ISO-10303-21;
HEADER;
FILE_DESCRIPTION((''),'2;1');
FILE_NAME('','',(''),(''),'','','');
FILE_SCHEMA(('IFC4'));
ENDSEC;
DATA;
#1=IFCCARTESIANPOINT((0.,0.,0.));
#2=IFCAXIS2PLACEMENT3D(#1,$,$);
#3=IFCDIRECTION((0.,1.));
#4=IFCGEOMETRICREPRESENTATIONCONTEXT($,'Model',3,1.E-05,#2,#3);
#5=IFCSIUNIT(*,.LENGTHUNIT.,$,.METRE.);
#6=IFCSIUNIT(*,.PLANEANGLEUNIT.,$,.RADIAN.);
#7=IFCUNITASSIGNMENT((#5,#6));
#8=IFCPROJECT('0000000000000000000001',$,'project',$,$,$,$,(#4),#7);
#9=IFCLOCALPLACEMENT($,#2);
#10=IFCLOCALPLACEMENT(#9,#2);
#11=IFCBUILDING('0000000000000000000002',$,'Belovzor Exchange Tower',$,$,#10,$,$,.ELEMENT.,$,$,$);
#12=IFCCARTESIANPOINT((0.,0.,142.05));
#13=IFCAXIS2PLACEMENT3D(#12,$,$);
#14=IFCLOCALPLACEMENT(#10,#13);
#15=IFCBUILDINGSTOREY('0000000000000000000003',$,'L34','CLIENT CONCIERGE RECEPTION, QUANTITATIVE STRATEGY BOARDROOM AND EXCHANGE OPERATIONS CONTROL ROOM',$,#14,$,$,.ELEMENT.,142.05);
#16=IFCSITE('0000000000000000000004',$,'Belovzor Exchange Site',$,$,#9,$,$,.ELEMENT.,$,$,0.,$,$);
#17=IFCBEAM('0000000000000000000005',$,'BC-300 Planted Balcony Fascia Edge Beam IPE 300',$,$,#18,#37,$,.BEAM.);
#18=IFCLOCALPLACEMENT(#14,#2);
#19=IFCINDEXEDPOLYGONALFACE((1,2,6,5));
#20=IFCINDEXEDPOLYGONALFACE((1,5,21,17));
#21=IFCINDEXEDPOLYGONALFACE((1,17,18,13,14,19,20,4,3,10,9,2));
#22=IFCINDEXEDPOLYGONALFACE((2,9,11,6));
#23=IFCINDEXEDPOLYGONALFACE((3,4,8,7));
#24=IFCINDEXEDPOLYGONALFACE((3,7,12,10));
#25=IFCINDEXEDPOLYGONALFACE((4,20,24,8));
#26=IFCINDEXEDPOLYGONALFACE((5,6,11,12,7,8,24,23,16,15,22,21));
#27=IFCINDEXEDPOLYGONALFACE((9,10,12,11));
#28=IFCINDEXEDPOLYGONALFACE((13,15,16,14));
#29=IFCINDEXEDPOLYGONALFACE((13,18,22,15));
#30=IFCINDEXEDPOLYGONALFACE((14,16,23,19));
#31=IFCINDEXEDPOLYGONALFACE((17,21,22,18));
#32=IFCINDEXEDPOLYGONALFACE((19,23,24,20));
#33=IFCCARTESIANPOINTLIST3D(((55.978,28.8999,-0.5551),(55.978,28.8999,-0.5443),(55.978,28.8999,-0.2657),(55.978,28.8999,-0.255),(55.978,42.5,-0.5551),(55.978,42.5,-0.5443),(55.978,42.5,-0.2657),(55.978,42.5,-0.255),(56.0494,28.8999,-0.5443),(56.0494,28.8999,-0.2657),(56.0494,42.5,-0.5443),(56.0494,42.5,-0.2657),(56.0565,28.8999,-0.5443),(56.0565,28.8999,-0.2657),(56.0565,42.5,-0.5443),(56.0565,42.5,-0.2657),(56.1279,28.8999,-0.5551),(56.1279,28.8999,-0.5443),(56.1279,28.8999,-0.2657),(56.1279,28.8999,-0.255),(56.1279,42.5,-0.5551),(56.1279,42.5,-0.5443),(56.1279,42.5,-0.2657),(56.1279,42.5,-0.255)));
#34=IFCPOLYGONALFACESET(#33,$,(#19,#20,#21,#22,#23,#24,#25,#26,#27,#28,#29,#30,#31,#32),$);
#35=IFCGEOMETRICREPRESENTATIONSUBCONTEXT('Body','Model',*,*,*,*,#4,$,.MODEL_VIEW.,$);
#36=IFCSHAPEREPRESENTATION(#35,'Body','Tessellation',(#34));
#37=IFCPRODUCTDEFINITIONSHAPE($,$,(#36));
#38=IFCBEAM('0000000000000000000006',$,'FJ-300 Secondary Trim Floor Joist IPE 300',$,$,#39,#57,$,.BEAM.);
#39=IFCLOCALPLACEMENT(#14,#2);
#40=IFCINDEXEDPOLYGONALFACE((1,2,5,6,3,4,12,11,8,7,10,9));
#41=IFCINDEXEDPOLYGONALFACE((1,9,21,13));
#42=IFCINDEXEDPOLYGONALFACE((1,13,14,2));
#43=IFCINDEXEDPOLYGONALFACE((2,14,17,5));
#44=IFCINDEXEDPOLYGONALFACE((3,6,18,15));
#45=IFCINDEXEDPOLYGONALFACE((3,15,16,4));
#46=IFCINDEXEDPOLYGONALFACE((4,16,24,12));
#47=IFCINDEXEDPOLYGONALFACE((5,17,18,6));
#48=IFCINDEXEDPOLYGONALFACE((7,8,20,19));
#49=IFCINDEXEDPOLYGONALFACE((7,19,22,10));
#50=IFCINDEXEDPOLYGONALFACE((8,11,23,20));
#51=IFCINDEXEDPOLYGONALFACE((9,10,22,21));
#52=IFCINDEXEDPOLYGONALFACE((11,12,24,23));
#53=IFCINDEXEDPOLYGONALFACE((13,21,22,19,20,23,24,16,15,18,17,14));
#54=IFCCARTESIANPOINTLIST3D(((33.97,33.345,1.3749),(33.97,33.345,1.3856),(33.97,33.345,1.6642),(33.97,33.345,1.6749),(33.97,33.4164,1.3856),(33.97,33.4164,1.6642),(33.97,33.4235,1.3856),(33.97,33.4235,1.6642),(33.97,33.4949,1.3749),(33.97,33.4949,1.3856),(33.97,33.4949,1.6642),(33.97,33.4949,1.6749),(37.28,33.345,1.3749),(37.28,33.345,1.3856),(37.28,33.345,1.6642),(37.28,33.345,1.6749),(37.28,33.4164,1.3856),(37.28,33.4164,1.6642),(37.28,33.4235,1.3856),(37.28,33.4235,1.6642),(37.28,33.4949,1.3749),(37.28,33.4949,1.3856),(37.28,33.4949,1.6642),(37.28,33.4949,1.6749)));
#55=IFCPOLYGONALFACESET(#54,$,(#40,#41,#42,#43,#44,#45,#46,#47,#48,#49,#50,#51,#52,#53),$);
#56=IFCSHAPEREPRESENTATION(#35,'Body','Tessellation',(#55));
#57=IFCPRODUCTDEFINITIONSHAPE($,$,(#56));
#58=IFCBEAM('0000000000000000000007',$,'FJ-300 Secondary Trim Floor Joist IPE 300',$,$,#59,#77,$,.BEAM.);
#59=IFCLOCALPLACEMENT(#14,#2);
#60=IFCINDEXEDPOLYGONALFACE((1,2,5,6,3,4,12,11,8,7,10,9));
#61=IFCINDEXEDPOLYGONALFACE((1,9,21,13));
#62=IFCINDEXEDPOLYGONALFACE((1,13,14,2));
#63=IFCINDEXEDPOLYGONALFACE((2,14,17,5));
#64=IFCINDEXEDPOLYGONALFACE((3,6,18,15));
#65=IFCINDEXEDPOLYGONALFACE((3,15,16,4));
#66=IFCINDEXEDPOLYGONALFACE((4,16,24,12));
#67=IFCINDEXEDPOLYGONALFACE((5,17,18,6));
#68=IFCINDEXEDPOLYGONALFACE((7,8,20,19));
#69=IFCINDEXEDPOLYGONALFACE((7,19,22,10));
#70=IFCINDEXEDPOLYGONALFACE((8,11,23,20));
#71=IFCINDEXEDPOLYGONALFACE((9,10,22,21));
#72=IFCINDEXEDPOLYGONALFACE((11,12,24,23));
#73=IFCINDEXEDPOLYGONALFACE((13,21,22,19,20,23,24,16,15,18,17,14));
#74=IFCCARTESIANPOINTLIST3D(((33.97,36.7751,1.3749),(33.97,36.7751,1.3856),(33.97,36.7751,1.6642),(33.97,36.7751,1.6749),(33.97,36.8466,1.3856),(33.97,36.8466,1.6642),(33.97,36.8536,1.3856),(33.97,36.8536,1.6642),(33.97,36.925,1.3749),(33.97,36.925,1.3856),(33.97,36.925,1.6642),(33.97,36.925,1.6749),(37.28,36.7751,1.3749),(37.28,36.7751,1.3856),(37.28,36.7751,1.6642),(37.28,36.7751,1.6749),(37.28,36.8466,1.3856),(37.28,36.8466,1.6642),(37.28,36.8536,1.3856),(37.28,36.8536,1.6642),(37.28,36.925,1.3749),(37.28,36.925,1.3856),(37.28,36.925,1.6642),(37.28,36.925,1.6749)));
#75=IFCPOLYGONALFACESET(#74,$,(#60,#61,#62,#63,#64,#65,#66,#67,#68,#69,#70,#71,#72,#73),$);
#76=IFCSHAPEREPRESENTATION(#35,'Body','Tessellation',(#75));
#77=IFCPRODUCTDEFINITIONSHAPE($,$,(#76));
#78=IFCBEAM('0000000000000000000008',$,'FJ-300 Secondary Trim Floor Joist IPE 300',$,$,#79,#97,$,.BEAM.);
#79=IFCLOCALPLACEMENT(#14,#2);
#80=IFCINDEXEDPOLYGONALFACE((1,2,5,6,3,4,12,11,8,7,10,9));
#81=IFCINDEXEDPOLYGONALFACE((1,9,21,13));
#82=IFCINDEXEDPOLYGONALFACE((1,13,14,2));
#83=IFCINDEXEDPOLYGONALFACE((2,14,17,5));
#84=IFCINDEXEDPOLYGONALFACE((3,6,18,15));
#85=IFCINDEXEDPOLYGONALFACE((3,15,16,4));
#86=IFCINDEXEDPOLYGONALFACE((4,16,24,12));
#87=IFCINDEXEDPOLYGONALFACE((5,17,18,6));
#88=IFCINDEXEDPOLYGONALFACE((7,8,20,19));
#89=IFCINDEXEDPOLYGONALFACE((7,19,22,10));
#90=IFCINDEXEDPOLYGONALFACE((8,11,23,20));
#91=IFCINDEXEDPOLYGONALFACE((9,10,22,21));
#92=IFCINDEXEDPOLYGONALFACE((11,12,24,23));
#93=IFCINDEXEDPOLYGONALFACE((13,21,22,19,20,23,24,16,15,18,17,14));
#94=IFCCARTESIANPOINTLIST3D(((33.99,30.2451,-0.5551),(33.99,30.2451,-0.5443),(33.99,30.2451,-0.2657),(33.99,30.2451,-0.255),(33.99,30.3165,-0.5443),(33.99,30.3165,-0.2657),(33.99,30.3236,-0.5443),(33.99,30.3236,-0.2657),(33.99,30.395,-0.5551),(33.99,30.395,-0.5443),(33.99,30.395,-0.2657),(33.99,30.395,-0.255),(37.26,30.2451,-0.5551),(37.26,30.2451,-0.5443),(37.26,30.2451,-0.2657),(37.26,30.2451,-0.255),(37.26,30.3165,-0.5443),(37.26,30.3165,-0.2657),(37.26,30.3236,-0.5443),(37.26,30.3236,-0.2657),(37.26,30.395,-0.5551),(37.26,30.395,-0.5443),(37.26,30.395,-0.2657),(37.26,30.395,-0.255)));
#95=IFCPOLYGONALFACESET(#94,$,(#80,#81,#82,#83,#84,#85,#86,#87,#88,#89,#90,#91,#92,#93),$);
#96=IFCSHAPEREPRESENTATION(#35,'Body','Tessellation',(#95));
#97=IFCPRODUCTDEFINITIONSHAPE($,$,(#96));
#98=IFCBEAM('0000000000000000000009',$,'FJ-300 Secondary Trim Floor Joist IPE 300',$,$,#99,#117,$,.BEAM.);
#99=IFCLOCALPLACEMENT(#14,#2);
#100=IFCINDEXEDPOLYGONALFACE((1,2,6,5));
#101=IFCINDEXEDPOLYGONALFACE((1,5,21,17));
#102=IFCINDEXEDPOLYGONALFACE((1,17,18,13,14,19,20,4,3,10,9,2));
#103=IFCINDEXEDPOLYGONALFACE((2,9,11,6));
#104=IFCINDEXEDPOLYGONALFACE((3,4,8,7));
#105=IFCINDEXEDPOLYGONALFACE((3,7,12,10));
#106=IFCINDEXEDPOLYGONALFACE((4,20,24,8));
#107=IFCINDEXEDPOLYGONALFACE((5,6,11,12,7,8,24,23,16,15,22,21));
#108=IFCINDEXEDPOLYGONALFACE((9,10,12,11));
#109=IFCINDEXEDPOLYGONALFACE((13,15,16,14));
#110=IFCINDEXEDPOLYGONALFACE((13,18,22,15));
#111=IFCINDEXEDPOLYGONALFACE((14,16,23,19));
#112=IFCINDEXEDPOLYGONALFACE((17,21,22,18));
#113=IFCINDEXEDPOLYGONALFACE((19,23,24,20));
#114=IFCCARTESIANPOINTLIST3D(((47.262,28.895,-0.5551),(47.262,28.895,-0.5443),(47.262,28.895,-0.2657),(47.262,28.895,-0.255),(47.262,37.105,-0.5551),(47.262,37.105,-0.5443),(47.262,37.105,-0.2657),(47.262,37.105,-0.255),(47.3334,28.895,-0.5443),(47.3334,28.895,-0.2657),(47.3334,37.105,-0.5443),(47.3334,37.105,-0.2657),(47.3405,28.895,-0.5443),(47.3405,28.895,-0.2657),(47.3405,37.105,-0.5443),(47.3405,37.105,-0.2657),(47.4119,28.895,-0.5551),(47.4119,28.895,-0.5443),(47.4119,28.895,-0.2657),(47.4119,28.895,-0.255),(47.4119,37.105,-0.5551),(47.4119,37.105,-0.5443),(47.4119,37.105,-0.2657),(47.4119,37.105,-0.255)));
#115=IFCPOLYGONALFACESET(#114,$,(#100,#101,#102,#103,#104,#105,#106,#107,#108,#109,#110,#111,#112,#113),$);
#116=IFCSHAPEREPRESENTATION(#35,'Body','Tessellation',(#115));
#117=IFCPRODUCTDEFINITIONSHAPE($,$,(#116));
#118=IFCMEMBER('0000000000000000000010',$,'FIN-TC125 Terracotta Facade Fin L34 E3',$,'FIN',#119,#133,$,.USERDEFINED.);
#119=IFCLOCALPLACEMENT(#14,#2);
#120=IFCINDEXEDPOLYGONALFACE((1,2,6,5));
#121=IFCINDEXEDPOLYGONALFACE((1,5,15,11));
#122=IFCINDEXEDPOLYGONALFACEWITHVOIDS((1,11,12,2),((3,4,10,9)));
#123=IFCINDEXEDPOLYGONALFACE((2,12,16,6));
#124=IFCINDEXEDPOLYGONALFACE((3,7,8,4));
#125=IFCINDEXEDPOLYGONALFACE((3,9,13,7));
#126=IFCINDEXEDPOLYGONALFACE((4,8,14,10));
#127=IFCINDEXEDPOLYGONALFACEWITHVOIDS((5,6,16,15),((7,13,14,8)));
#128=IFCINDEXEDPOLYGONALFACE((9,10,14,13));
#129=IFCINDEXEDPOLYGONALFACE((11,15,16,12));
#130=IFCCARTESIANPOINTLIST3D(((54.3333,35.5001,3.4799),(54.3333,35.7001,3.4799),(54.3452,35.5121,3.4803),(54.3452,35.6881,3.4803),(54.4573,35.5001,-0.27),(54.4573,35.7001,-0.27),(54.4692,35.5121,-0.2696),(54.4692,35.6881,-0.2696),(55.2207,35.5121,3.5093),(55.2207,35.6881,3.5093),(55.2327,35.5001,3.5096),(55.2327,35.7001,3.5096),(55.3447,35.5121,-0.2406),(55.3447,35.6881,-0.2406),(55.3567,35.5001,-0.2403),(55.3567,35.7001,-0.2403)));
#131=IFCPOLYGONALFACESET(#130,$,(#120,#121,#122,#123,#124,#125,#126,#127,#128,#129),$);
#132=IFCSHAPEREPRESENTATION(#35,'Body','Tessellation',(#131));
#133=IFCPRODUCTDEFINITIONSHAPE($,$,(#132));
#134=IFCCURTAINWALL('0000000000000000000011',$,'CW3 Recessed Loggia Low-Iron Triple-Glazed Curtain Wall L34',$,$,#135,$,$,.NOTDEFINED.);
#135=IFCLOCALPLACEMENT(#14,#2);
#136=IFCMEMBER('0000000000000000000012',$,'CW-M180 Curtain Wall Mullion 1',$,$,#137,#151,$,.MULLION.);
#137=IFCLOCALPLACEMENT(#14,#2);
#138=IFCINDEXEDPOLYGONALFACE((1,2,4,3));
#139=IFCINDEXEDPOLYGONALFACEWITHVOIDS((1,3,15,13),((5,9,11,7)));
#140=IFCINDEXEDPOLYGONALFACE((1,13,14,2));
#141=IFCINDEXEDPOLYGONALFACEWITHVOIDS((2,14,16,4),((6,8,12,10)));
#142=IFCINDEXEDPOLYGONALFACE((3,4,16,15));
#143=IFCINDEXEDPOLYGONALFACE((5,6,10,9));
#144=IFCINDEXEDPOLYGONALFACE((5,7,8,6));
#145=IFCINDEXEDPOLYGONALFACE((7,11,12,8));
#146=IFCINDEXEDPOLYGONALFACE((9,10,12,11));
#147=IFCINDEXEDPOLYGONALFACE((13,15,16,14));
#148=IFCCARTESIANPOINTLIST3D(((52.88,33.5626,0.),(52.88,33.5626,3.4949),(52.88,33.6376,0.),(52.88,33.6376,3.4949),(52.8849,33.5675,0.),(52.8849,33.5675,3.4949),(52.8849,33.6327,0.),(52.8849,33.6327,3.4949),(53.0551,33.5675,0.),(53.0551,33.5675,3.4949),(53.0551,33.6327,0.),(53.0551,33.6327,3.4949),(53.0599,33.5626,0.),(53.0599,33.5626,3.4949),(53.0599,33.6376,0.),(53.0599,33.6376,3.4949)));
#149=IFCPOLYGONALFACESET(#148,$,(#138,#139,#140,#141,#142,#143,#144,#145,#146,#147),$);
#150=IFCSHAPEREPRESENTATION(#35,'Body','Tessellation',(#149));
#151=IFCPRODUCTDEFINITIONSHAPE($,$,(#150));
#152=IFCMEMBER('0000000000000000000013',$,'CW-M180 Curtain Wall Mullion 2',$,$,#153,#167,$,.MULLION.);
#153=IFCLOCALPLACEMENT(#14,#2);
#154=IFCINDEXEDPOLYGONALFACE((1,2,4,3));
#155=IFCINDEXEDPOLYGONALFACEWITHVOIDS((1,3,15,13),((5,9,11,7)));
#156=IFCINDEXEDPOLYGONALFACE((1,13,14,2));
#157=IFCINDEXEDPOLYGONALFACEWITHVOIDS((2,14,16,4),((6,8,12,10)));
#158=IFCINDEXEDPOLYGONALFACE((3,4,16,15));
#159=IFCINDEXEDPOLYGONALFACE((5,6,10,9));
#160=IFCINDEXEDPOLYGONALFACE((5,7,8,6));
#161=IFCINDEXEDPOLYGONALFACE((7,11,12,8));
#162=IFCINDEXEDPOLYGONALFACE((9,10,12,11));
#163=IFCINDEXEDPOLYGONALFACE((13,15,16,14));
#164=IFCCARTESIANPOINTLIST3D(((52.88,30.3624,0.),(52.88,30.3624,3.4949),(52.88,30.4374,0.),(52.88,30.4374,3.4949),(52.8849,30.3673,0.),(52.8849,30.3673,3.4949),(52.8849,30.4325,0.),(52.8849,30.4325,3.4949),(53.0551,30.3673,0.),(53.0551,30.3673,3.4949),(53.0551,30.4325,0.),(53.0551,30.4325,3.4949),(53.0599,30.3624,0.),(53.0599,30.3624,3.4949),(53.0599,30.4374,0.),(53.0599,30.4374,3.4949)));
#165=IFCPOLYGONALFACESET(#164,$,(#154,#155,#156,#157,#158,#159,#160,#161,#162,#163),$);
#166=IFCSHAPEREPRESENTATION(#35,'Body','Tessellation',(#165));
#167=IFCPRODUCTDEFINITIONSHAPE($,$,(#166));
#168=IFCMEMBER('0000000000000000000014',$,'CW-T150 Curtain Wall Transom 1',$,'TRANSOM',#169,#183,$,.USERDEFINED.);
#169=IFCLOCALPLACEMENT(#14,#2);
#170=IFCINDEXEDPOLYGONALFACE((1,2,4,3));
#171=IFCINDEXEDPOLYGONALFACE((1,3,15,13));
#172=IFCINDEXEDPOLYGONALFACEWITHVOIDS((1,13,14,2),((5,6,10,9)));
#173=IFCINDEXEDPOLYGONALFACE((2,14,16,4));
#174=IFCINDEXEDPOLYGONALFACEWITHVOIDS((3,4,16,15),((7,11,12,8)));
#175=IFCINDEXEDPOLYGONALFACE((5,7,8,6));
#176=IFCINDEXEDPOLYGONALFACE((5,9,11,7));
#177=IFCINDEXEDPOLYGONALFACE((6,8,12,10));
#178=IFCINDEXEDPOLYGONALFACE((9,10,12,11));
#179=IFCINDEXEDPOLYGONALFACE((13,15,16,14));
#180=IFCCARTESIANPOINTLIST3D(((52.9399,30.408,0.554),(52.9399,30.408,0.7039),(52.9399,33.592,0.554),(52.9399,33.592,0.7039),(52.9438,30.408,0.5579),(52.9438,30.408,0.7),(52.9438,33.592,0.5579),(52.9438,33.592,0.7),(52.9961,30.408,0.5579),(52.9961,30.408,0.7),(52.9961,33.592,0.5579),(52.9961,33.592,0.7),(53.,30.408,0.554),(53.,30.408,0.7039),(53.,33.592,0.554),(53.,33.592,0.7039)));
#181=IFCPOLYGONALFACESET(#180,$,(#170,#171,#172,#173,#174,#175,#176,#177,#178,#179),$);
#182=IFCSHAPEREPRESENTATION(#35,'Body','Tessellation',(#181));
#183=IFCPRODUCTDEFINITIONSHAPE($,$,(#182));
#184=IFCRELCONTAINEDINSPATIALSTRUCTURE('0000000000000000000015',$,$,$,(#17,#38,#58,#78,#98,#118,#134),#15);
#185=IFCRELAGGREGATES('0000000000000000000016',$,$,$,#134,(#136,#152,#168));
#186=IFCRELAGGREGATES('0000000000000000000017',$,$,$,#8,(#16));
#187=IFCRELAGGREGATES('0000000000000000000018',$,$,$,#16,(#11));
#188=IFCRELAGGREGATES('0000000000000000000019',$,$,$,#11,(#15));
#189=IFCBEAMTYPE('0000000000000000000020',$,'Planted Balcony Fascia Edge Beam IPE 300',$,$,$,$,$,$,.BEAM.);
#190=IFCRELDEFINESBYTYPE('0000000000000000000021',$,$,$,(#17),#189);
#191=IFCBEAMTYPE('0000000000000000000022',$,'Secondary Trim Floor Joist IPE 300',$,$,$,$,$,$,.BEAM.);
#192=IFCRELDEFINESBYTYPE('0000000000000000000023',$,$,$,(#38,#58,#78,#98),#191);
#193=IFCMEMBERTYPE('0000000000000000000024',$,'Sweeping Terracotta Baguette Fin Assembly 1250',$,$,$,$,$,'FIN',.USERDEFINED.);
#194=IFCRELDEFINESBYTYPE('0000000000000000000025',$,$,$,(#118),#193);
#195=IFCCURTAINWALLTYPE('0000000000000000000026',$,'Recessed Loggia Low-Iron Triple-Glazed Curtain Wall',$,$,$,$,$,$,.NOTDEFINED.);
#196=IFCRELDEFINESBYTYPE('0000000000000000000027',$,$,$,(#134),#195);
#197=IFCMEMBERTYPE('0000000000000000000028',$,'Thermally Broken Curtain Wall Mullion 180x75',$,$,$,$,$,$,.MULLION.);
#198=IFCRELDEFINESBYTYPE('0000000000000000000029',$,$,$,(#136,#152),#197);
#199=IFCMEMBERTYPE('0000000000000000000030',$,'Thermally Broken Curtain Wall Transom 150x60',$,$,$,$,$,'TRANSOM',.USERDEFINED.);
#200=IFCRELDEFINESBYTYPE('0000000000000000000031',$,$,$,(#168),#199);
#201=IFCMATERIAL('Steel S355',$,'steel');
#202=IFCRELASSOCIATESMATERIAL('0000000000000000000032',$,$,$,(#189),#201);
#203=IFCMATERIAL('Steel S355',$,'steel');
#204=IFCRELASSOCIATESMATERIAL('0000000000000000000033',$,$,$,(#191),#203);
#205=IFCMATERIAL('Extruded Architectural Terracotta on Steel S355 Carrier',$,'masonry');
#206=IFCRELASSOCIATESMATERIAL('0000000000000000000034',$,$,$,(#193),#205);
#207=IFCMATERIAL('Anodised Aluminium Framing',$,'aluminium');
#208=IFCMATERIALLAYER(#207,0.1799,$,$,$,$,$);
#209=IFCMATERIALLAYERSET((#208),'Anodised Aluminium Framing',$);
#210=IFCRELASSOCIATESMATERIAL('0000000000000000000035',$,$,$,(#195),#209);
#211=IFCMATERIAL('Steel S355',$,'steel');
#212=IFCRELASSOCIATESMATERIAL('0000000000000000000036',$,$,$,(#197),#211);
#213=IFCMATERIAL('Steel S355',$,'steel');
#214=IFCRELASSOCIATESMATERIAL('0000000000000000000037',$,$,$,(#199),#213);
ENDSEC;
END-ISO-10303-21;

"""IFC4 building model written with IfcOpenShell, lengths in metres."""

from ifc_helpers import new_model, si_unit, direction, frame, origin, origin_2d, place, context, subcontext, project, spatial, hollow_rectangle, i_section, extrude, material, layer, layer_set, material_profile, profile_set, type_object, element, aggregate, save


model = new_model("IFC4")

# Units and contexts
model_context = context("Model", 3, precision=1e-05, world=origin(), true_north=direction((0.0, 1.0)))
body_context = subcontext(model_context, "Body", "Model", "MODEL_VIEW")
ifc_project = project(units=[si_unit("LENGTHUNIT", "METRE"), si_unit("PLANEANGLEUNIT", "RADIAN")], contexts=[model_context])

# Site, building, storey
site_placement = place(None, origin())
site = spatial("IfcSite", under=ifc_project, at=site_placement, Name="Belovzor Exchange Site", CompositionType="ELEMENT", RefElevation=0.0)
building_placement = place(site_placement, origin())
building = spatial("IfcBuilding", under=site, at=building_placement, Name="Belovzor Exchange Tower", CompositionType="ELEMENT")
storey_placement = place(building_placement, frame((0.0, 0.0, 142.05)))
storey = spatial("IfcBuildingStorey", under=building, at=storey_placement, Name="L34", Description="CLIENT CONCIERGE RECEPTION, QUANTITATIVE STRATEGY BOARDROOM AND EXCHANGE OPERATIONS CONTROL ROOM", CompositionType="ELEMENT", Elevation=142.05)

# Beams
ifc_material_1 = material(Name="Steel S355", Category="steel")
ifc_material_profile_1 = material_profile(ifc_material_1, i_section(OverallWidth=0.1499, OverallDepth=0.3, WebThickness=0.0071, FlangeThickness=0.0107, at=origin_2d()))
ifc_profile_set_1 = profile_set([ifc_material_profile_1], Name="Steel S355")
beam_type_1 = type_object("IfcBeamType", Name="Planted Balcony Fascia Edge Beam IPE 300", PredefinedType="BEAM", material=ifc_profile_set_1)
beam_1_placement = place(storey_placement, frame((56.053, 28.8999, -0.405), z_axis=(0.0, 1.0, 0.0), x_axis=(-1.0, 0.0, 0.0)))
element("IfcBeam", 1, at=beam_1_placement, inside=storey, type_object=beam_type_1, Name="BC-300 Planted Balcony Fascia Edge Beam IPE 300", PredefinedType="BEAM", context=body_context, shape_type="SweptSolid", body=[
    extrude(i_section(OverallWidth=0.1499, OverallDepth=0.3, WebThickness=0.0071, FlangeThickness=0.0107, at=origin_2d()), origin(), (0.0, 0.0, 1.0), 13.6001),
])
ifc_material_2 = material(Name="Steel S355", Category="steel")
ifc_material_profile_2 = material_profile(ifc_material_2, i_section(OverallWidth=0.1499, OverallDepth=0.3, WebThickness=0.0071, FlangeThickness=0.0107, at=origin_2d()))
ifc_profile_set_2 = profile_set([ifc_material_profile_2], Name="Steel S355")
beam_type_2 = type_object("IfcBeamType", Name="Secondary Trim Floor Joist IPE 300", PredefinedType="BEAM", material=ifc_profile_set_2)
for number, where, z_axis, x_axis, name in (
    (2, (37.28, 33.4199, 1.5249), (-1.0, 0.0, 0.0), (0.0, -1.0, 0.0), "FJ-300 Secondary Trim Floor Joist IPE 300"),
    (3, (37.28, 36.8501, 1.5249), (-1.0, 0.0, 0.0), (0.0, -1.0, 0.0), "FJ-300 Secondary Trim Floor Joist IPE 300"),
):
    element("IfcBeam", number, at=place(storey_placement, frame(where, z_axis=z_axis, x_axis=x_axis)), inside=storey, type_object=beam_type_2, Name=name, PredefinedType="BEAM", context=body_context, shape_type="SweptSolid", body=[
        extrude(i_section(OverallWidth=0.1499, OverallDepth=0.3, WebThickness=0.0071, FlangeThickness=0.0107, at=origin_2d()), origin(), (0.0, 0.0, 1.0), 3.3101),
    ])
beam_2_placement = place(storey_placement, frame((37.26, 30.3201, -0.405), z_axis=(-1.0, 0.0, 0.0), x_axis=(0.0, -1.0, 0.0)))
element("IfcBeam", 4, at=beam_2_placement, inside=storey, type_object=beam_type_2, Name="FJ-300 Secondary Trim Floor Joist IPE 300", PredefinedType="BEAM", context=body_context, shape_type="SweptSolid", body=[
    extrude(i_section(OverallWidth=0.1499, OverallDepth=0.3, WebThickness=0.0071, FlangeThickness=0.0107, at=origin_2d()), origin(), (0.0, 0.0, 1.0), 3.27),
])
beam_3_placement = place(storey_placement, frame((47.3369, 28.895, -0.405), z_axis=(0.0, 1.0, 0.0), x_axis=(-1.0, 0.0, 0.0)))
element("IfcBeam", 5, at=beam_3_placement, inside=storey, type_object=beam_type_2, Name="FJ-300 Secondary Trim Floor Joist IPE 300", PredefinedType="BEAM", context=body_context, shape_type="SweptSolid", body=[
    extrude(i_section(OverallWidth=0.1499, OverallDepth=0.3, WebThickness=0.0071, FlangeThickness=0.0107, at=origin_2d()), origin(), (0.0, 0.0, 1.0), 8.21),
])

# Member
ifc_material_3 = material(Name="Extruded Architectural Terracotta on Steel S355 Carrier", Category="masonry")
ifc_material_profile_3 = material_profile(ifc_material_3, hollow_rectangle(XDim=0.2, YDim=0.8999, WallThickness=0.012, at=origin_2d()))
ifc_profile_set_3 = profile_set([ifc_material_profile_3], Name="Extruded Architectural Terracotta on Steel S355 Carrier")
member_type_1 = type_object("IfcMemberType", Name="Sweeping Terracotta Baguette Fin Assembly 1250", ElementType="FIN", PredefinedType="USERDEFINED", material=ifc_profile_set_3)
member_1_placement = place(storey_placement, frame((54.907, 35.6001, -0.2551), z_axis=(-0.033055, 0.0, 0.999454), x_axis=(0.0, -1.0, 0.0)))
element("IfcMember", 6, at=member_1_placement, inside=storey, type_object=member_type_1, Name="FIN-TC125 Terracotta Facade Fin L34 E3", ObjectType="FIN", PredefinedType="USERDEFINED", context=body_context, shape_type="SweptSolid", body=[
    extrude(hollow_rectangle(XDim=0.2, YDim=0.8999, WallThickness=0.012, at=origin_2d()), origin(), (0.0, 0.0, 1.0), 3.752),
])

# Curtain wall, members
ifc_material_4 = material(Name="Anodised Aluminium Framing", Category="aluminium")
ifc_layer_1 = layer(ifc_material_4, 0.1799)
ifc_layer_set_1 = layer_set([ifc_layer_1], Name="Anodised Aluminium Framing")
curtain_wall_type = type_object("IfcCurtainWallType", Name="Recessed Loggia Low-Iron Triple-Glazed Curtain Wall", PredefinedType="NOTDEFINED", material=ifc_layer_set_1)
curtain_wall_placement = place(storey_placement, origin())
curtain_wall = element("IfcCurtainWall", 7, at=curtain_wall_placement, inside=storey, type_object=curtain_wall_type, Name="CW3 Recessed Loggia Low-Iron Triple-Glazed Curtain Wall L34", PredefinedType="NOTDEFINED")
ifc_material_5 = material(Name="Steel S355", Category="steel")
ifc_material_profile_4 = material_profile(ifc_material_5, hollow_rectangle(XDim=0.075, YDim=0.1799, WallThickness=0.0049, at=origin_2d()))
ifc_profile_set_4 = profile_set([ifc_material_profile_4], Name="Steel S355")
member_type_2 = type_object("IfcMemberType", Name="Thermally Broken Curtain Wall Mullion 180x75", PredefinedType="MULLION", material=ifc_profile_set_4)
member_2_placement = place(storey_placement, frame((52.97, 33.6001, 0.0), z_axis=(0.0, 0.0, 1.0), x_axis=(0.0, -1.0, 0.0)))
member_2 = element("IfcMember", 8, at=member_2_placement, type_object=member_type_2, Name="CW-M180 Curtain Wall Mullion 1", PredefinedType="MULLION", context=body_context, shape_type="SweptSolid", body=[
    extrude(hollow_rectangle(XDim=0.075, YDim=0.1799, WallThickness=0.0049, at=origin_2d()), origin(), (0.0, 0.0, 1.0), 3.4949),
])
member_3_placement = place(storey_placement, frame((52.97, 30.3999, 0.0), z_axis=(0.0, 0.0, 1.0), x_axis=(0.0, -1.0, 0.0)))
member_3 = element("IfcMember", 9, at=member_3_placement, type_object=member_type_2, Name="CW-M180 Curtain Wall Mullion 2", PredefinedType="MULLION", context=body_context, shape_type="SweptSolid", body=[
    extrude(hollow_rectangle(XDim=0.075, YDim=0.1799, WallThickness=0.0049, at=origin_2d()), origin(), (0.0, 0.0, 1.0), 3.4949),
])
ifc_material_6 = material(Name="Steel S355", Category="steel")
ifc_material_profile_5 = material_profile(ifc_material_6, hollow_rectangle(XDim=0.0601, YDim=0.1499, WallThickness=0.0039, at=origin_2d()))
ifc_profile_set_5 = profile_set([ifc_material_profile_5], Name="Steel S355")
member_type_3 = type_object("IfcMemberType", Name="Thermally Broken Curtain Wall Transom 150x60", ElementType="TRANSOM", PredefinedType="USERDEFINED", material=ifc_profile_set_5)
member_4_placement = place(storey_placement, frame((52.97, 33.592, 0.6289), z_axis=(0.0, -1.0, 0.0), x_axis=(1.0, 0.0, 0.0)))
member_4 = element("IfcMember", 10, at=member_4_placement, type_object=member_type_3, Name="CW-T150 Curtain Wall Transom 1", ObjectType="TRANSOM", PredefinedType="USERDEFINED", context=body_context, shape_type="SweptSolid", body=[
    extrude(hollow_rectangle(XDim=0.0601, YDim=0.1499, WallThickness=0.0039, at=origin_2d()), origin(), (0.0, 0.0, 1.0), 3.1841),
])

aggregate(curtain_wall, [member_2, member_3, member_4])

save(model, "model.ifc")
